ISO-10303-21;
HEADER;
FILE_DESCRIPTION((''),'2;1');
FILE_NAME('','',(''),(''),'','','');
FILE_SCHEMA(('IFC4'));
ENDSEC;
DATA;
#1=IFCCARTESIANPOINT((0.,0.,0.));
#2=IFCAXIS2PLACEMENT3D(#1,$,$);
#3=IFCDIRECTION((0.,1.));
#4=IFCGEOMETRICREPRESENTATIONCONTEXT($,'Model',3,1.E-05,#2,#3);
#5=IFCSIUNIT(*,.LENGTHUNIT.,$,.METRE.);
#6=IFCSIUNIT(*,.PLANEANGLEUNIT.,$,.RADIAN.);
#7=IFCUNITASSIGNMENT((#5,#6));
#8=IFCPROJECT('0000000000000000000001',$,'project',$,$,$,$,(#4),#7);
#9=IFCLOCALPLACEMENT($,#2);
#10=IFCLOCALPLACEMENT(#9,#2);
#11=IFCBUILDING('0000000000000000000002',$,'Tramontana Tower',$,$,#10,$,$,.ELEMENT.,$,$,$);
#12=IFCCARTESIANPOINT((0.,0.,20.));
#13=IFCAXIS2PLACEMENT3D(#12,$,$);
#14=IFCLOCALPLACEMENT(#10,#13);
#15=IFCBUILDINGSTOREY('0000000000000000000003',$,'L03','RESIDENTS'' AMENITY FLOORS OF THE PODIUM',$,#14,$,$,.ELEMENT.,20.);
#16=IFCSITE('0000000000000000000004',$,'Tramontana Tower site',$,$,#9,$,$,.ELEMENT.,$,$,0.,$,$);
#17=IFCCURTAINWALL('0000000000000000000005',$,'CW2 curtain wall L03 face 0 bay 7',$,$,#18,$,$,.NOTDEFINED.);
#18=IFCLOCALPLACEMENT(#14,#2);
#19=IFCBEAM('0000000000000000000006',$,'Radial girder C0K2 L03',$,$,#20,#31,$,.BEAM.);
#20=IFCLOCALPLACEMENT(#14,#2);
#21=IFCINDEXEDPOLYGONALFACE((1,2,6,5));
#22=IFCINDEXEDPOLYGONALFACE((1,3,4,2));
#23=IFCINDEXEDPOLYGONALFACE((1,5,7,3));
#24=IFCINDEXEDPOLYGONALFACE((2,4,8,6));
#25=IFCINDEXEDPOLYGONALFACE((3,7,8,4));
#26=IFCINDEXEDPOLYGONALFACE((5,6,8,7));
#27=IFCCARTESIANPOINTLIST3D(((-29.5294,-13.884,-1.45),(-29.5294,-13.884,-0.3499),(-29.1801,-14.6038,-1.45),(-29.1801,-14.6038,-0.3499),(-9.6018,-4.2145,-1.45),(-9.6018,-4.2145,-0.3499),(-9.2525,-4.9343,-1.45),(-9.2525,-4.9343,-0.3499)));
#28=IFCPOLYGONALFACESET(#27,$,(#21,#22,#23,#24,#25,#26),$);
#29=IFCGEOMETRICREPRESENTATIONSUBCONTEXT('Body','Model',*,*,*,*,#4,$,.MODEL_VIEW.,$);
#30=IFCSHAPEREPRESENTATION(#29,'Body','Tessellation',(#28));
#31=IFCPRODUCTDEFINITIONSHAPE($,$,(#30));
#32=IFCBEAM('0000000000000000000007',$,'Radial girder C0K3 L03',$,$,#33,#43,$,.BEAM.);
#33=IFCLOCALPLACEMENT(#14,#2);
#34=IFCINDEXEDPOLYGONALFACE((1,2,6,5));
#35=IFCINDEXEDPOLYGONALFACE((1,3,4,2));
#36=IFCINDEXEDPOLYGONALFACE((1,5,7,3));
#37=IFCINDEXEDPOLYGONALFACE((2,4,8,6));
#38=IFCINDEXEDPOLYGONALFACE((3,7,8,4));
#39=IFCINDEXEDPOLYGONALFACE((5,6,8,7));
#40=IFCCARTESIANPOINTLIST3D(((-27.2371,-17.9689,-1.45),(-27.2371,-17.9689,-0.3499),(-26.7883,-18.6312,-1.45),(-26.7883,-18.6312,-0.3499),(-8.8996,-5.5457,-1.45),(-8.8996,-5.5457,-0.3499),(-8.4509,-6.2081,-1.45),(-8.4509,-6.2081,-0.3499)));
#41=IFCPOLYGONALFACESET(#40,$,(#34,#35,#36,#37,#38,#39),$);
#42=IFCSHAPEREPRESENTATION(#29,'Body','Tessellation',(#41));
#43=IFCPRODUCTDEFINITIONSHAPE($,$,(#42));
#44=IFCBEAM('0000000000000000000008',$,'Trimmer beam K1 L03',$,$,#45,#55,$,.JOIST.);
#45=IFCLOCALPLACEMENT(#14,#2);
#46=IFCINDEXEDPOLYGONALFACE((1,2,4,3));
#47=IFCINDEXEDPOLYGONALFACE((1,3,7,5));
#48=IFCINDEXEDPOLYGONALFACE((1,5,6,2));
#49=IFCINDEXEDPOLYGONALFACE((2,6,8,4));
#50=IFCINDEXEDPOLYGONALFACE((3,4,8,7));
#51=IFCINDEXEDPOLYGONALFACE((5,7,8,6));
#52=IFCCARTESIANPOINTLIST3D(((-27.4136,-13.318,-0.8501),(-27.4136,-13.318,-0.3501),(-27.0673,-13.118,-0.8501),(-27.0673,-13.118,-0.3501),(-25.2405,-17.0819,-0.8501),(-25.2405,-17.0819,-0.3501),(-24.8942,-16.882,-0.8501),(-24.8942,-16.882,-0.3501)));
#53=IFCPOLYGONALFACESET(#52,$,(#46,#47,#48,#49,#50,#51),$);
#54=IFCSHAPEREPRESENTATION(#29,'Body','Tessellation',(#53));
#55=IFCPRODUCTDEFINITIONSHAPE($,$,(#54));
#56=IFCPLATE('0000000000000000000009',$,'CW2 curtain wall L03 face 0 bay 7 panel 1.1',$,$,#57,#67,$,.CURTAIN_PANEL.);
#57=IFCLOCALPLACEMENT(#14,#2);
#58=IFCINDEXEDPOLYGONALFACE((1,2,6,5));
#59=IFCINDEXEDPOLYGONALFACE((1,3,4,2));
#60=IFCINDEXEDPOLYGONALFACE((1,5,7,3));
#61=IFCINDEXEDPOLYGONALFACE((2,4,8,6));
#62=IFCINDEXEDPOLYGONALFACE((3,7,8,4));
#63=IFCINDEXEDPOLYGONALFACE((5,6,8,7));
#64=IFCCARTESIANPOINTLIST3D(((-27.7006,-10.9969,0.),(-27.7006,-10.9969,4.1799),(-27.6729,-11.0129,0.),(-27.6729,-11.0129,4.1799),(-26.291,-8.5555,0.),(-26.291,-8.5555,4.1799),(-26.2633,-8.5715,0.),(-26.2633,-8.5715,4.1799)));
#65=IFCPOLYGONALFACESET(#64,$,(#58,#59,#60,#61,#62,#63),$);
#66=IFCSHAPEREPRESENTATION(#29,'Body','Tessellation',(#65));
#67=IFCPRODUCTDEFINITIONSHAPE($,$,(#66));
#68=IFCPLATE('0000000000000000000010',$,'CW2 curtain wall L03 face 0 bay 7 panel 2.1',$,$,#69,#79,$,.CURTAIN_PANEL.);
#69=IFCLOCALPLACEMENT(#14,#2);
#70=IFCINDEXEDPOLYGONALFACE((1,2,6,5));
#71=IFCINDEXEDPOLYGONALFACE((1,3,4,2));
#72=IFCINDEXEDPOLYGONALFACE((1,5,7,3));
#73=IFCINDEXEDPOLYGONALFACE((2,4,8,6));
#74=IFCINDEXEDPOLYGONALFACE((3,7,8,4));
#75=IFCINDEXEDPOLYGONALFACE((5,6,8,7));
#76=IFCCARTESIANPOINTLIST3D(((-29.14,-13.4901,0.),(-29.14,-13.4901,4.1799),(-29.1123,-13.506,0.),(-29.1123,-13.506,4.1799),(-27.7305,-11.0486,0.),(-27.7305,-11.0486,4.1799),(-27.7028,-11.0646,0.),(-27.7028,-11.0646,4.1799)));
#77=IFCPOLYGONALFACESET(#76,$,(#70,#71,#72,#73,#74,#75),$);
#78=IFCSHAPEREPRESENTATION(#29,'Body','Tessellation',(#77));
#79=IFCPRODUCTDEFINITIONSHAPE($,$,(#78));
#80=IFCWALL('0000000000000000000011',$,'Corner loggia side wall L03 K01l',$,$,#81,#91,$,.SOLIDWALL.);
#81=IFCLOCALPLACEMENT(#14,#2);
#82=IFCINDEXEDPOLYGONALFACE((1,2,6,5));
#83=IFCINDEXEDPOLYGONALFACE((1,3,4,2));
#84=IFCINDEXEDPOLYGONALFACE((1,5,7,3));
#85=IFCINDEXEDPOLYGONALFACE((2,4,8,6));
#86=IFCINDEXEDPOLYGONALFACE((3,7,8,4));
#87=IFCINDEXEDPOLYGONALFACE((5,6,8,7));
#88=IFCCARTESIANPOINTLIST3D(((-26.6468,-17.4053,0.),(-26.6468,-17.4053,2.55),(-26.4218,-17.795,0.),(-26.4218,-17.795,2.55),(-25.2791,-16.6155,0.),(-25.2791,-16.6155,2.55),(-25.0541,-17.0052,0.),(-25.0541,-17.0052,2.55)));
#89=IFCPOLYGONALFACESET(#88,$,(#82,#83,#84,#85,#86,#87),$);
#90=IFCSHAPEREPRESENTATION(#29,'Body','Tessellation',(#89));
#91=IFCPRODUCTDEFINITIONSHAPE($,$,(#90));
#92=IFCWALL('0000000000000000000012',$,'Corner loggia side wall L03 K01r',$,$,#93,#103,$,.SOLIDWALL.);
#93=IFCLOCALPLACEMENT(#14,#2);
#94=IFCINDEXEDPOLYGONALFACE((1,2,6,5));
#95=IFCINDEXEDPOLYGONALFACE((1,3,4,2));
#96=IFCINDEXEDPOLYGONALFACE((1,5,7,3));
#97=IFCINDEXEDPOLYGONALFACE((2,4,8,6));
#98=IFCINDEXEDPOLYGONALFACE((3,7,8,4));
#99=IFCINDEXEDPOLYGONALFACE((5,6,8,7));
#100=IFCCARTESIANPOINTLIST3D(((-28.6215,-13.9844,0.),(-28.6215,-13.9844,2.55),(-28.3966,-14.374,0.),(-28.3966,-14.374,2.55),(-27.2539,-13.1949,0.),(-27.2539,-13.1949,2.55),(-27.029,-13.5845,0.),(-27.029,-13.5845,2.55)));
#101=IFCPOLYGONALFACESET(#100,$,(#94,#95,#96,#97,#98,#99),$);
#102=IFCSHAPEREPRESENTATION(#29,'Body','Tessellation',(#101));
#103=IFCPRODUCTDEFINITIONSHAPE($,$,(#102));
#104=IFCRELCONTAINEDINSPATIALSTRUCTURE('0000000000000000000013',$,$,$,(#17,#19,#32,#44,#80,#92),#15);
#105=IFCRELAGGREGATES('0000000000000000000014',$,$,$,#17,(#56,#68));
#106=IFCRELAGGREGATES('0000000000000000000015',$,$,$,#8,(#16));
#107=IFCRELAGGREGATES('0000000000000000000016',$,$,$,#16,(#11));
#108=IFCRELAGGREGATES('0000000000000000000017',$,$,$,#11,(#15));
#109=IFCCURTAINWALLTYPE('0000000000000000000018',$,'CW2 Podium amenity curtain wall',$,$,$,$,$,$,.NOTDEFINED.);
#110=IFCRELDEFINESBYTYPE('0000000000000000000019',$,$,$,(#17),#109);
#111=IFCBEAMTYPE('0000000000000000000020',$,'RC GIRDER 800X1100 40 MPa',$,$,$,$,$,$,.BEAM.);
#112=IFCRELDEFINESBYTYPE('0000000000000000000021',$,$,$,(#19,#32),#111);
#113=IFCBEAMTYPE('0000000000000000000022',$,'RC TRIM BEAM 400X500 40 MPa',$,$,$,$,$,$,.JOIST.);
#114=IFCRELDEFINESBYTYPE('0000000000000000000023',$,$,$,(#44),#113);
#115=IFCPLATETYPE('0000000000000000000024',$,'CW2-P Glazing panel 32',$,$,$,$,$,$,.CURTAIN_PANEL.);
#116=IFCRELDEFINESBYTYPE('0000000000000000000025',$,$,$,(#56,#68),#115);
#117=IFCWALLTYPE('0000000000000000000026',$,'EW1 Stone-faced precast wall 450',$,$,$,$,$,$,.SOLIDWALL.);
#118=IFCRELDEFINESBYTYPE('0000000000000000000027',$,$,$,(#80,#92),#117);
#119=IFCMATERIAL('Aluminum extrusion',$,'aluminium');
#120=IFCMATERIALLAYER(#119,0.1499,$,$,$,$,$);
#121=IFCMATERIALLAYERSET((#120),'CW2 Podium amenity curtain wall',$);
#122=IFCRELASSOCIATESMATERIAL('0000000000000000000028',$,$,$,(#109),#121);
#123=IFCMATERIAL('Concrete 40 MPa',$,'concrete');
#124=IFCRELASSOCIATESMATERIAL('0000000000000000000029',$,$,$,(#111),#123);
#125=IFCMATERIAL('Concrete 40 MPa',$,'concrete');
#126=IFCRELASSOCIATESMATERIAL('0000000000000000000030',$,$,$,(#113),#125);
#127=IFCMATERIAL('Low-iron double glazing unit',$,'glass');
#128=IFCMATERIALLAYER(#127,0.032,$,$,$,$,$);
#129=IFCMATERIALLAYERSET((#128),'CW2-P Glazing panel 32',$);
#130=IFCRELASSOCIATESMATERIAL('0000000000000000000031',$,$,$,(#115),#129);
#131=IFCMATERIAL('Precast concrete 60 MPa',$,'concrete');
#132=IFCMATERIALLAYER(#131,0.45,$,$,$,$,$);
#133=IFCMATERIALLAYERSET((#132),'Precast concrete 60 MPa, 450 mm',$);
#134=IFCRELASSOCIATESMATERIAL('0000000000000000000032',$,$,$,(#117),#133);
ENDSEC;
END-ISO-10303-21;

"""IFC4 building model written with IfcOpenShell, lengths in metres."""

from ifc_helpers import new_model, si_unit, direction, frame, frame_2d, origin, origin_2d, place, context, subcontext, project, spatial, rectangle, extrude, material, layer, layer_set, material_profile, profile_set, type_object, element, aggregate, save


model = new_model("IFC4")

# Units and contexts
model_context = context("Model", 3, precision=1e-05, world=origin(), true_north=direction((0.0, 1.0)))
body_context = subcontext(model_context, "Body", "Model", "MODEL_VIEW")
ifc_project = project(units=[si_unit("LENGTHUNIT", "METRE"), si_unit("PLANEANGLEUNIT", "RADIAN")], contexts=[model_context])

# Site, building, storey
site_placement = place(None, origin())
site = spatial("IfcSite", under=ifc_project, at=site_placement, Name="Tramontana Tower site", CompositionType="ELEMENT", RefElevation=0.0)
building_placement = place(site_placement, origin())
building = spatial("IfcBuilding", under=site, at=building_placement, Name="Tramontana Tower", CompositionType="ELEMENT")
storey_placement = place(building_placement, frame((0.0, 0.0, 20.0)))
storey = spatial("IfcBuildingStorey", under=building, at=storey_placement, Name="L03", Description="RESIDENTS' AMENITY FLOORS OF THE PODIUM", CompositionType="ELEMENT", Elevation=20.0)

# Shared definitions
ifc_material_1 = material(Name="Aluminum extrusion", Category="aluminium")
ifc_layer_1 = layer(ifc_material_1, 0.1499)
ifc_layer_set_1 = layer_set([ifc_layer_1], Name="CW2 Podium amenity curtain wall")
curtain_wall_type = type_object("IfcCurtainWallType", Name="CW2 Podium amenity curtain wall", PredefinedType="NOTDEFINED", material=ifc_layer_set_1)

# Curtain wall
curtain_wall_1_placement = place(storey_placement, origin())
curtain_wall_1 = element("IfcCurtainWall", 1, at=curtain_wall_1_placement, inside=storey, type_object=curtain_wall_type, Name="CW2 curtain wall L03 face 0 bay 7", PredefinedType="NOTDEFINED")

# Beams
ifc_material_2 = material(Name="Concrete 40 MPa", Category="concrete")
ifc_material_profile_1 = material_profile(ifc_material_2, rectangle(XDim=0.8, YDim=1.1001, at=origin_2d()), Name="RC GIRDER 800X1100 40 MPa")
ifc_profile_set_1 = profile_set([ifc_material_profile_1], Name="Concrete 40 MPa")
beam_type_1 = type_object("IfcBeamType", Name="RC GIRDER 800X1100 40 MPa", PredefinedType="BEAM", material=ifc_profile_set_1)
beam_1_placement = place(storey_placement, frame((-29.3547, -14.2439, -0.8999), z_axis=(0.899679, 0.436552, 0.0), x_axis=(-0.436552, 0.899679, 0.0)))
element("IfcBeam", 2, at=beam_1_placement, inside=storey, type_object=beam_type_1, Name="Radial girder C0K2 L03", PredefinedType="BEAM", context=body_context, shape_type="SweptSolid", body=[
    extrude(rectangle(XDim=0.8, YDim=1.1001, at=origin_2d()), origin(), (0.0, 0.0, 1.0), 22.1497),
])
beam_2_placement = place(storey_placement, frame((-27.0127, -18.3, -0.8999), z_axis=(0.827898, 0.560879, 0.0), x_axis=(-0.560879, 0.827898, 0.0)))
element("IfcBeam", 3, at=beam_2_placement, inside=storey, type_object=beam_type_1, Name="Radial girder C0K3 L03", PredefinedType="BEAM", context=body_context, shape_type="SweptSolid", body=[
    extrude(rectangle(XDim=0.8, YDim=1.1001, at=origin_2d()), origin(), (0.0, 0.0, 1.0), 22.1494),
])
ifc_material_3 = material(Name="Concrete 40 MPa", Category="concrete")
ifc_material_profile_2 = material_profile(ifc_material_3, rectangle(XDim=0.3999, YDim=0.5, at=origin_2d()), Name="RC TRIM BEAM 400X500 40 MPa")
ifc_profile_set_2 = profile_set([ifc_material_profile_2], Name="Concrete 40 MPa")
beam_type_2 = type_object("IfcBeamType", Name="RC TRIM BEAM 400X500 40 MPa", PredefinedType="JOIST", material=ifc_profile_set_2)
beam_3_placement = place(storey_placement, frame((-27.2405, -13.218, -0.6001), z_axis=(0.5, -0.866026, 0.0), x_axis=(0.866026, 0.5, 0.0)))
element("IfcBeam", 4, at=beam_3_placement, inside=storey, type_object=beam_type_2, Name="Trimmer beam K1 L03", PredefinedType="JOIST", context=body_context, shape_type="SweptSolid", body=[
    extrude(rectangle(XDim=0.3999, YDim=0.5, at=origin_2d()), origin(), (0.0, 0.0, 1.0), 4.3462),
])

# Plates
ifc_material_4 = material(Name="Low-iron double glazing unit", Category="glass")
ifc_layer_2 = layer(ifc_material_4, 0.032)
ifc_layer_set_2 = layer_set([ifc_layer_2], Name="CW2-P Glazing panel 32")
plate_type = type_object("IfcPlateType", Name="CW2-P Glazing panel 32", PredefinedType="CURTAIN_PANEL", material=ifc_layer_set_2)
plate_1_placement = place(storey_placement, frame((-26.9819, -9.7842, 0.0), z_axis=(0.0, 0.0, 1.0), x_axis=(-0.5, -0.866025, 0.0)))
plate_1 = element("IfcPlate", 5, at=plate_1_placement, type_object=plate_type, Name="CW2 curtain wall L03 face 0 bay 7 panel 1.1", PredefinedType="CURTAIN_PANEL", context=body_context, shape_type="SweptSolid", body=[
    extrude(rectangle(XDim=2.8191, YDim=0.032, at=origin_2d()), origin(), (0.0, 0.0, 1.0), 4.1799),
])
plate_2_placement = place(storey_placement, frame((-28.4214, -12.2773, 0.0), z_axis=(0.0, 0.0, 1.0), x_axis=(-0.5, -0.866025, 0.0)))
plate_2 = element("IfcPlate", 6, at=plate_2_placement, type_object=plate_type, Name="CW2 curtain wall L03 face 0 bay 7 panel 2.1", PredefinedType="CURTAIN_PANEL", context=body_context, shape_type="SweptSolid", body=[
    extrude(rectangle(XDim=2.8191, YDim=0.032, at=origin_2d()), origin(), (0.0, 0.0, 1.0), 4.1799),
])
aggregate(curtain_wall_1, [plate_1, plate_2])

# Walls
ifc_material_5 = material(Name="Precast concrete 60 MPa", Category="concrete")
ifc_layer_3 = layer(ifc_material_5, 0.45)
ifc_layer_set_3 = layer_set([ifc_layer_3], Name="Precast concrete 60 MPa, 450 mm")
wall_type_1 = type_object("IfcWallType", Name="EW1 Stone-faced precast wall 450", PredefinedType="SOLIDWALL", material=ifc_layer_set_3)
wall_1_placement = place(storey_placement, frame((-26.5342, -17.6001, 0.0), z_axis=(0.0, 0.0, 1.0), x_axis=(0.86598, 0.500079, 0.0)))
element("IfcWall", 7, at=wall_1_placement, inside=storey, type_object=wall_type_1, Name="Corner loggia side wall L03 K01l", PredefinedType="SOLIDWALL", context=body_context, shape_type="SweptSolid", body=[
    extrude(rectangle(XDim=1.5793, YDim=0.45, at=frame_2d((0.7896, 0.0))), origin(), (0.0, 0.0, 1.0), 2.55),
])
wall_2_placement = place(storey_placement, frame((-28.509, -14.1792, 0.0), z_axis=(0.0, 0.0, 1.0), x_axis=(0.866047, 0.499963, 0.0)))
element("IfcWall", 8, at=wall_2_placement, inside=storey, type_object=wall_type_1, Name="Corner loggia side wall L03 K01r", PredefinedType="SOLIDWALL", context=body_context, shape_type="SweptSolid", body=[
    extrude(rectangle(XDim=1.5791, YDim=0.45, at=frame_2d((0.7896, 0.0))), origin(), (0.0, 0.0, 1.0), 2.55),
])

save(model, "model.ifc")
